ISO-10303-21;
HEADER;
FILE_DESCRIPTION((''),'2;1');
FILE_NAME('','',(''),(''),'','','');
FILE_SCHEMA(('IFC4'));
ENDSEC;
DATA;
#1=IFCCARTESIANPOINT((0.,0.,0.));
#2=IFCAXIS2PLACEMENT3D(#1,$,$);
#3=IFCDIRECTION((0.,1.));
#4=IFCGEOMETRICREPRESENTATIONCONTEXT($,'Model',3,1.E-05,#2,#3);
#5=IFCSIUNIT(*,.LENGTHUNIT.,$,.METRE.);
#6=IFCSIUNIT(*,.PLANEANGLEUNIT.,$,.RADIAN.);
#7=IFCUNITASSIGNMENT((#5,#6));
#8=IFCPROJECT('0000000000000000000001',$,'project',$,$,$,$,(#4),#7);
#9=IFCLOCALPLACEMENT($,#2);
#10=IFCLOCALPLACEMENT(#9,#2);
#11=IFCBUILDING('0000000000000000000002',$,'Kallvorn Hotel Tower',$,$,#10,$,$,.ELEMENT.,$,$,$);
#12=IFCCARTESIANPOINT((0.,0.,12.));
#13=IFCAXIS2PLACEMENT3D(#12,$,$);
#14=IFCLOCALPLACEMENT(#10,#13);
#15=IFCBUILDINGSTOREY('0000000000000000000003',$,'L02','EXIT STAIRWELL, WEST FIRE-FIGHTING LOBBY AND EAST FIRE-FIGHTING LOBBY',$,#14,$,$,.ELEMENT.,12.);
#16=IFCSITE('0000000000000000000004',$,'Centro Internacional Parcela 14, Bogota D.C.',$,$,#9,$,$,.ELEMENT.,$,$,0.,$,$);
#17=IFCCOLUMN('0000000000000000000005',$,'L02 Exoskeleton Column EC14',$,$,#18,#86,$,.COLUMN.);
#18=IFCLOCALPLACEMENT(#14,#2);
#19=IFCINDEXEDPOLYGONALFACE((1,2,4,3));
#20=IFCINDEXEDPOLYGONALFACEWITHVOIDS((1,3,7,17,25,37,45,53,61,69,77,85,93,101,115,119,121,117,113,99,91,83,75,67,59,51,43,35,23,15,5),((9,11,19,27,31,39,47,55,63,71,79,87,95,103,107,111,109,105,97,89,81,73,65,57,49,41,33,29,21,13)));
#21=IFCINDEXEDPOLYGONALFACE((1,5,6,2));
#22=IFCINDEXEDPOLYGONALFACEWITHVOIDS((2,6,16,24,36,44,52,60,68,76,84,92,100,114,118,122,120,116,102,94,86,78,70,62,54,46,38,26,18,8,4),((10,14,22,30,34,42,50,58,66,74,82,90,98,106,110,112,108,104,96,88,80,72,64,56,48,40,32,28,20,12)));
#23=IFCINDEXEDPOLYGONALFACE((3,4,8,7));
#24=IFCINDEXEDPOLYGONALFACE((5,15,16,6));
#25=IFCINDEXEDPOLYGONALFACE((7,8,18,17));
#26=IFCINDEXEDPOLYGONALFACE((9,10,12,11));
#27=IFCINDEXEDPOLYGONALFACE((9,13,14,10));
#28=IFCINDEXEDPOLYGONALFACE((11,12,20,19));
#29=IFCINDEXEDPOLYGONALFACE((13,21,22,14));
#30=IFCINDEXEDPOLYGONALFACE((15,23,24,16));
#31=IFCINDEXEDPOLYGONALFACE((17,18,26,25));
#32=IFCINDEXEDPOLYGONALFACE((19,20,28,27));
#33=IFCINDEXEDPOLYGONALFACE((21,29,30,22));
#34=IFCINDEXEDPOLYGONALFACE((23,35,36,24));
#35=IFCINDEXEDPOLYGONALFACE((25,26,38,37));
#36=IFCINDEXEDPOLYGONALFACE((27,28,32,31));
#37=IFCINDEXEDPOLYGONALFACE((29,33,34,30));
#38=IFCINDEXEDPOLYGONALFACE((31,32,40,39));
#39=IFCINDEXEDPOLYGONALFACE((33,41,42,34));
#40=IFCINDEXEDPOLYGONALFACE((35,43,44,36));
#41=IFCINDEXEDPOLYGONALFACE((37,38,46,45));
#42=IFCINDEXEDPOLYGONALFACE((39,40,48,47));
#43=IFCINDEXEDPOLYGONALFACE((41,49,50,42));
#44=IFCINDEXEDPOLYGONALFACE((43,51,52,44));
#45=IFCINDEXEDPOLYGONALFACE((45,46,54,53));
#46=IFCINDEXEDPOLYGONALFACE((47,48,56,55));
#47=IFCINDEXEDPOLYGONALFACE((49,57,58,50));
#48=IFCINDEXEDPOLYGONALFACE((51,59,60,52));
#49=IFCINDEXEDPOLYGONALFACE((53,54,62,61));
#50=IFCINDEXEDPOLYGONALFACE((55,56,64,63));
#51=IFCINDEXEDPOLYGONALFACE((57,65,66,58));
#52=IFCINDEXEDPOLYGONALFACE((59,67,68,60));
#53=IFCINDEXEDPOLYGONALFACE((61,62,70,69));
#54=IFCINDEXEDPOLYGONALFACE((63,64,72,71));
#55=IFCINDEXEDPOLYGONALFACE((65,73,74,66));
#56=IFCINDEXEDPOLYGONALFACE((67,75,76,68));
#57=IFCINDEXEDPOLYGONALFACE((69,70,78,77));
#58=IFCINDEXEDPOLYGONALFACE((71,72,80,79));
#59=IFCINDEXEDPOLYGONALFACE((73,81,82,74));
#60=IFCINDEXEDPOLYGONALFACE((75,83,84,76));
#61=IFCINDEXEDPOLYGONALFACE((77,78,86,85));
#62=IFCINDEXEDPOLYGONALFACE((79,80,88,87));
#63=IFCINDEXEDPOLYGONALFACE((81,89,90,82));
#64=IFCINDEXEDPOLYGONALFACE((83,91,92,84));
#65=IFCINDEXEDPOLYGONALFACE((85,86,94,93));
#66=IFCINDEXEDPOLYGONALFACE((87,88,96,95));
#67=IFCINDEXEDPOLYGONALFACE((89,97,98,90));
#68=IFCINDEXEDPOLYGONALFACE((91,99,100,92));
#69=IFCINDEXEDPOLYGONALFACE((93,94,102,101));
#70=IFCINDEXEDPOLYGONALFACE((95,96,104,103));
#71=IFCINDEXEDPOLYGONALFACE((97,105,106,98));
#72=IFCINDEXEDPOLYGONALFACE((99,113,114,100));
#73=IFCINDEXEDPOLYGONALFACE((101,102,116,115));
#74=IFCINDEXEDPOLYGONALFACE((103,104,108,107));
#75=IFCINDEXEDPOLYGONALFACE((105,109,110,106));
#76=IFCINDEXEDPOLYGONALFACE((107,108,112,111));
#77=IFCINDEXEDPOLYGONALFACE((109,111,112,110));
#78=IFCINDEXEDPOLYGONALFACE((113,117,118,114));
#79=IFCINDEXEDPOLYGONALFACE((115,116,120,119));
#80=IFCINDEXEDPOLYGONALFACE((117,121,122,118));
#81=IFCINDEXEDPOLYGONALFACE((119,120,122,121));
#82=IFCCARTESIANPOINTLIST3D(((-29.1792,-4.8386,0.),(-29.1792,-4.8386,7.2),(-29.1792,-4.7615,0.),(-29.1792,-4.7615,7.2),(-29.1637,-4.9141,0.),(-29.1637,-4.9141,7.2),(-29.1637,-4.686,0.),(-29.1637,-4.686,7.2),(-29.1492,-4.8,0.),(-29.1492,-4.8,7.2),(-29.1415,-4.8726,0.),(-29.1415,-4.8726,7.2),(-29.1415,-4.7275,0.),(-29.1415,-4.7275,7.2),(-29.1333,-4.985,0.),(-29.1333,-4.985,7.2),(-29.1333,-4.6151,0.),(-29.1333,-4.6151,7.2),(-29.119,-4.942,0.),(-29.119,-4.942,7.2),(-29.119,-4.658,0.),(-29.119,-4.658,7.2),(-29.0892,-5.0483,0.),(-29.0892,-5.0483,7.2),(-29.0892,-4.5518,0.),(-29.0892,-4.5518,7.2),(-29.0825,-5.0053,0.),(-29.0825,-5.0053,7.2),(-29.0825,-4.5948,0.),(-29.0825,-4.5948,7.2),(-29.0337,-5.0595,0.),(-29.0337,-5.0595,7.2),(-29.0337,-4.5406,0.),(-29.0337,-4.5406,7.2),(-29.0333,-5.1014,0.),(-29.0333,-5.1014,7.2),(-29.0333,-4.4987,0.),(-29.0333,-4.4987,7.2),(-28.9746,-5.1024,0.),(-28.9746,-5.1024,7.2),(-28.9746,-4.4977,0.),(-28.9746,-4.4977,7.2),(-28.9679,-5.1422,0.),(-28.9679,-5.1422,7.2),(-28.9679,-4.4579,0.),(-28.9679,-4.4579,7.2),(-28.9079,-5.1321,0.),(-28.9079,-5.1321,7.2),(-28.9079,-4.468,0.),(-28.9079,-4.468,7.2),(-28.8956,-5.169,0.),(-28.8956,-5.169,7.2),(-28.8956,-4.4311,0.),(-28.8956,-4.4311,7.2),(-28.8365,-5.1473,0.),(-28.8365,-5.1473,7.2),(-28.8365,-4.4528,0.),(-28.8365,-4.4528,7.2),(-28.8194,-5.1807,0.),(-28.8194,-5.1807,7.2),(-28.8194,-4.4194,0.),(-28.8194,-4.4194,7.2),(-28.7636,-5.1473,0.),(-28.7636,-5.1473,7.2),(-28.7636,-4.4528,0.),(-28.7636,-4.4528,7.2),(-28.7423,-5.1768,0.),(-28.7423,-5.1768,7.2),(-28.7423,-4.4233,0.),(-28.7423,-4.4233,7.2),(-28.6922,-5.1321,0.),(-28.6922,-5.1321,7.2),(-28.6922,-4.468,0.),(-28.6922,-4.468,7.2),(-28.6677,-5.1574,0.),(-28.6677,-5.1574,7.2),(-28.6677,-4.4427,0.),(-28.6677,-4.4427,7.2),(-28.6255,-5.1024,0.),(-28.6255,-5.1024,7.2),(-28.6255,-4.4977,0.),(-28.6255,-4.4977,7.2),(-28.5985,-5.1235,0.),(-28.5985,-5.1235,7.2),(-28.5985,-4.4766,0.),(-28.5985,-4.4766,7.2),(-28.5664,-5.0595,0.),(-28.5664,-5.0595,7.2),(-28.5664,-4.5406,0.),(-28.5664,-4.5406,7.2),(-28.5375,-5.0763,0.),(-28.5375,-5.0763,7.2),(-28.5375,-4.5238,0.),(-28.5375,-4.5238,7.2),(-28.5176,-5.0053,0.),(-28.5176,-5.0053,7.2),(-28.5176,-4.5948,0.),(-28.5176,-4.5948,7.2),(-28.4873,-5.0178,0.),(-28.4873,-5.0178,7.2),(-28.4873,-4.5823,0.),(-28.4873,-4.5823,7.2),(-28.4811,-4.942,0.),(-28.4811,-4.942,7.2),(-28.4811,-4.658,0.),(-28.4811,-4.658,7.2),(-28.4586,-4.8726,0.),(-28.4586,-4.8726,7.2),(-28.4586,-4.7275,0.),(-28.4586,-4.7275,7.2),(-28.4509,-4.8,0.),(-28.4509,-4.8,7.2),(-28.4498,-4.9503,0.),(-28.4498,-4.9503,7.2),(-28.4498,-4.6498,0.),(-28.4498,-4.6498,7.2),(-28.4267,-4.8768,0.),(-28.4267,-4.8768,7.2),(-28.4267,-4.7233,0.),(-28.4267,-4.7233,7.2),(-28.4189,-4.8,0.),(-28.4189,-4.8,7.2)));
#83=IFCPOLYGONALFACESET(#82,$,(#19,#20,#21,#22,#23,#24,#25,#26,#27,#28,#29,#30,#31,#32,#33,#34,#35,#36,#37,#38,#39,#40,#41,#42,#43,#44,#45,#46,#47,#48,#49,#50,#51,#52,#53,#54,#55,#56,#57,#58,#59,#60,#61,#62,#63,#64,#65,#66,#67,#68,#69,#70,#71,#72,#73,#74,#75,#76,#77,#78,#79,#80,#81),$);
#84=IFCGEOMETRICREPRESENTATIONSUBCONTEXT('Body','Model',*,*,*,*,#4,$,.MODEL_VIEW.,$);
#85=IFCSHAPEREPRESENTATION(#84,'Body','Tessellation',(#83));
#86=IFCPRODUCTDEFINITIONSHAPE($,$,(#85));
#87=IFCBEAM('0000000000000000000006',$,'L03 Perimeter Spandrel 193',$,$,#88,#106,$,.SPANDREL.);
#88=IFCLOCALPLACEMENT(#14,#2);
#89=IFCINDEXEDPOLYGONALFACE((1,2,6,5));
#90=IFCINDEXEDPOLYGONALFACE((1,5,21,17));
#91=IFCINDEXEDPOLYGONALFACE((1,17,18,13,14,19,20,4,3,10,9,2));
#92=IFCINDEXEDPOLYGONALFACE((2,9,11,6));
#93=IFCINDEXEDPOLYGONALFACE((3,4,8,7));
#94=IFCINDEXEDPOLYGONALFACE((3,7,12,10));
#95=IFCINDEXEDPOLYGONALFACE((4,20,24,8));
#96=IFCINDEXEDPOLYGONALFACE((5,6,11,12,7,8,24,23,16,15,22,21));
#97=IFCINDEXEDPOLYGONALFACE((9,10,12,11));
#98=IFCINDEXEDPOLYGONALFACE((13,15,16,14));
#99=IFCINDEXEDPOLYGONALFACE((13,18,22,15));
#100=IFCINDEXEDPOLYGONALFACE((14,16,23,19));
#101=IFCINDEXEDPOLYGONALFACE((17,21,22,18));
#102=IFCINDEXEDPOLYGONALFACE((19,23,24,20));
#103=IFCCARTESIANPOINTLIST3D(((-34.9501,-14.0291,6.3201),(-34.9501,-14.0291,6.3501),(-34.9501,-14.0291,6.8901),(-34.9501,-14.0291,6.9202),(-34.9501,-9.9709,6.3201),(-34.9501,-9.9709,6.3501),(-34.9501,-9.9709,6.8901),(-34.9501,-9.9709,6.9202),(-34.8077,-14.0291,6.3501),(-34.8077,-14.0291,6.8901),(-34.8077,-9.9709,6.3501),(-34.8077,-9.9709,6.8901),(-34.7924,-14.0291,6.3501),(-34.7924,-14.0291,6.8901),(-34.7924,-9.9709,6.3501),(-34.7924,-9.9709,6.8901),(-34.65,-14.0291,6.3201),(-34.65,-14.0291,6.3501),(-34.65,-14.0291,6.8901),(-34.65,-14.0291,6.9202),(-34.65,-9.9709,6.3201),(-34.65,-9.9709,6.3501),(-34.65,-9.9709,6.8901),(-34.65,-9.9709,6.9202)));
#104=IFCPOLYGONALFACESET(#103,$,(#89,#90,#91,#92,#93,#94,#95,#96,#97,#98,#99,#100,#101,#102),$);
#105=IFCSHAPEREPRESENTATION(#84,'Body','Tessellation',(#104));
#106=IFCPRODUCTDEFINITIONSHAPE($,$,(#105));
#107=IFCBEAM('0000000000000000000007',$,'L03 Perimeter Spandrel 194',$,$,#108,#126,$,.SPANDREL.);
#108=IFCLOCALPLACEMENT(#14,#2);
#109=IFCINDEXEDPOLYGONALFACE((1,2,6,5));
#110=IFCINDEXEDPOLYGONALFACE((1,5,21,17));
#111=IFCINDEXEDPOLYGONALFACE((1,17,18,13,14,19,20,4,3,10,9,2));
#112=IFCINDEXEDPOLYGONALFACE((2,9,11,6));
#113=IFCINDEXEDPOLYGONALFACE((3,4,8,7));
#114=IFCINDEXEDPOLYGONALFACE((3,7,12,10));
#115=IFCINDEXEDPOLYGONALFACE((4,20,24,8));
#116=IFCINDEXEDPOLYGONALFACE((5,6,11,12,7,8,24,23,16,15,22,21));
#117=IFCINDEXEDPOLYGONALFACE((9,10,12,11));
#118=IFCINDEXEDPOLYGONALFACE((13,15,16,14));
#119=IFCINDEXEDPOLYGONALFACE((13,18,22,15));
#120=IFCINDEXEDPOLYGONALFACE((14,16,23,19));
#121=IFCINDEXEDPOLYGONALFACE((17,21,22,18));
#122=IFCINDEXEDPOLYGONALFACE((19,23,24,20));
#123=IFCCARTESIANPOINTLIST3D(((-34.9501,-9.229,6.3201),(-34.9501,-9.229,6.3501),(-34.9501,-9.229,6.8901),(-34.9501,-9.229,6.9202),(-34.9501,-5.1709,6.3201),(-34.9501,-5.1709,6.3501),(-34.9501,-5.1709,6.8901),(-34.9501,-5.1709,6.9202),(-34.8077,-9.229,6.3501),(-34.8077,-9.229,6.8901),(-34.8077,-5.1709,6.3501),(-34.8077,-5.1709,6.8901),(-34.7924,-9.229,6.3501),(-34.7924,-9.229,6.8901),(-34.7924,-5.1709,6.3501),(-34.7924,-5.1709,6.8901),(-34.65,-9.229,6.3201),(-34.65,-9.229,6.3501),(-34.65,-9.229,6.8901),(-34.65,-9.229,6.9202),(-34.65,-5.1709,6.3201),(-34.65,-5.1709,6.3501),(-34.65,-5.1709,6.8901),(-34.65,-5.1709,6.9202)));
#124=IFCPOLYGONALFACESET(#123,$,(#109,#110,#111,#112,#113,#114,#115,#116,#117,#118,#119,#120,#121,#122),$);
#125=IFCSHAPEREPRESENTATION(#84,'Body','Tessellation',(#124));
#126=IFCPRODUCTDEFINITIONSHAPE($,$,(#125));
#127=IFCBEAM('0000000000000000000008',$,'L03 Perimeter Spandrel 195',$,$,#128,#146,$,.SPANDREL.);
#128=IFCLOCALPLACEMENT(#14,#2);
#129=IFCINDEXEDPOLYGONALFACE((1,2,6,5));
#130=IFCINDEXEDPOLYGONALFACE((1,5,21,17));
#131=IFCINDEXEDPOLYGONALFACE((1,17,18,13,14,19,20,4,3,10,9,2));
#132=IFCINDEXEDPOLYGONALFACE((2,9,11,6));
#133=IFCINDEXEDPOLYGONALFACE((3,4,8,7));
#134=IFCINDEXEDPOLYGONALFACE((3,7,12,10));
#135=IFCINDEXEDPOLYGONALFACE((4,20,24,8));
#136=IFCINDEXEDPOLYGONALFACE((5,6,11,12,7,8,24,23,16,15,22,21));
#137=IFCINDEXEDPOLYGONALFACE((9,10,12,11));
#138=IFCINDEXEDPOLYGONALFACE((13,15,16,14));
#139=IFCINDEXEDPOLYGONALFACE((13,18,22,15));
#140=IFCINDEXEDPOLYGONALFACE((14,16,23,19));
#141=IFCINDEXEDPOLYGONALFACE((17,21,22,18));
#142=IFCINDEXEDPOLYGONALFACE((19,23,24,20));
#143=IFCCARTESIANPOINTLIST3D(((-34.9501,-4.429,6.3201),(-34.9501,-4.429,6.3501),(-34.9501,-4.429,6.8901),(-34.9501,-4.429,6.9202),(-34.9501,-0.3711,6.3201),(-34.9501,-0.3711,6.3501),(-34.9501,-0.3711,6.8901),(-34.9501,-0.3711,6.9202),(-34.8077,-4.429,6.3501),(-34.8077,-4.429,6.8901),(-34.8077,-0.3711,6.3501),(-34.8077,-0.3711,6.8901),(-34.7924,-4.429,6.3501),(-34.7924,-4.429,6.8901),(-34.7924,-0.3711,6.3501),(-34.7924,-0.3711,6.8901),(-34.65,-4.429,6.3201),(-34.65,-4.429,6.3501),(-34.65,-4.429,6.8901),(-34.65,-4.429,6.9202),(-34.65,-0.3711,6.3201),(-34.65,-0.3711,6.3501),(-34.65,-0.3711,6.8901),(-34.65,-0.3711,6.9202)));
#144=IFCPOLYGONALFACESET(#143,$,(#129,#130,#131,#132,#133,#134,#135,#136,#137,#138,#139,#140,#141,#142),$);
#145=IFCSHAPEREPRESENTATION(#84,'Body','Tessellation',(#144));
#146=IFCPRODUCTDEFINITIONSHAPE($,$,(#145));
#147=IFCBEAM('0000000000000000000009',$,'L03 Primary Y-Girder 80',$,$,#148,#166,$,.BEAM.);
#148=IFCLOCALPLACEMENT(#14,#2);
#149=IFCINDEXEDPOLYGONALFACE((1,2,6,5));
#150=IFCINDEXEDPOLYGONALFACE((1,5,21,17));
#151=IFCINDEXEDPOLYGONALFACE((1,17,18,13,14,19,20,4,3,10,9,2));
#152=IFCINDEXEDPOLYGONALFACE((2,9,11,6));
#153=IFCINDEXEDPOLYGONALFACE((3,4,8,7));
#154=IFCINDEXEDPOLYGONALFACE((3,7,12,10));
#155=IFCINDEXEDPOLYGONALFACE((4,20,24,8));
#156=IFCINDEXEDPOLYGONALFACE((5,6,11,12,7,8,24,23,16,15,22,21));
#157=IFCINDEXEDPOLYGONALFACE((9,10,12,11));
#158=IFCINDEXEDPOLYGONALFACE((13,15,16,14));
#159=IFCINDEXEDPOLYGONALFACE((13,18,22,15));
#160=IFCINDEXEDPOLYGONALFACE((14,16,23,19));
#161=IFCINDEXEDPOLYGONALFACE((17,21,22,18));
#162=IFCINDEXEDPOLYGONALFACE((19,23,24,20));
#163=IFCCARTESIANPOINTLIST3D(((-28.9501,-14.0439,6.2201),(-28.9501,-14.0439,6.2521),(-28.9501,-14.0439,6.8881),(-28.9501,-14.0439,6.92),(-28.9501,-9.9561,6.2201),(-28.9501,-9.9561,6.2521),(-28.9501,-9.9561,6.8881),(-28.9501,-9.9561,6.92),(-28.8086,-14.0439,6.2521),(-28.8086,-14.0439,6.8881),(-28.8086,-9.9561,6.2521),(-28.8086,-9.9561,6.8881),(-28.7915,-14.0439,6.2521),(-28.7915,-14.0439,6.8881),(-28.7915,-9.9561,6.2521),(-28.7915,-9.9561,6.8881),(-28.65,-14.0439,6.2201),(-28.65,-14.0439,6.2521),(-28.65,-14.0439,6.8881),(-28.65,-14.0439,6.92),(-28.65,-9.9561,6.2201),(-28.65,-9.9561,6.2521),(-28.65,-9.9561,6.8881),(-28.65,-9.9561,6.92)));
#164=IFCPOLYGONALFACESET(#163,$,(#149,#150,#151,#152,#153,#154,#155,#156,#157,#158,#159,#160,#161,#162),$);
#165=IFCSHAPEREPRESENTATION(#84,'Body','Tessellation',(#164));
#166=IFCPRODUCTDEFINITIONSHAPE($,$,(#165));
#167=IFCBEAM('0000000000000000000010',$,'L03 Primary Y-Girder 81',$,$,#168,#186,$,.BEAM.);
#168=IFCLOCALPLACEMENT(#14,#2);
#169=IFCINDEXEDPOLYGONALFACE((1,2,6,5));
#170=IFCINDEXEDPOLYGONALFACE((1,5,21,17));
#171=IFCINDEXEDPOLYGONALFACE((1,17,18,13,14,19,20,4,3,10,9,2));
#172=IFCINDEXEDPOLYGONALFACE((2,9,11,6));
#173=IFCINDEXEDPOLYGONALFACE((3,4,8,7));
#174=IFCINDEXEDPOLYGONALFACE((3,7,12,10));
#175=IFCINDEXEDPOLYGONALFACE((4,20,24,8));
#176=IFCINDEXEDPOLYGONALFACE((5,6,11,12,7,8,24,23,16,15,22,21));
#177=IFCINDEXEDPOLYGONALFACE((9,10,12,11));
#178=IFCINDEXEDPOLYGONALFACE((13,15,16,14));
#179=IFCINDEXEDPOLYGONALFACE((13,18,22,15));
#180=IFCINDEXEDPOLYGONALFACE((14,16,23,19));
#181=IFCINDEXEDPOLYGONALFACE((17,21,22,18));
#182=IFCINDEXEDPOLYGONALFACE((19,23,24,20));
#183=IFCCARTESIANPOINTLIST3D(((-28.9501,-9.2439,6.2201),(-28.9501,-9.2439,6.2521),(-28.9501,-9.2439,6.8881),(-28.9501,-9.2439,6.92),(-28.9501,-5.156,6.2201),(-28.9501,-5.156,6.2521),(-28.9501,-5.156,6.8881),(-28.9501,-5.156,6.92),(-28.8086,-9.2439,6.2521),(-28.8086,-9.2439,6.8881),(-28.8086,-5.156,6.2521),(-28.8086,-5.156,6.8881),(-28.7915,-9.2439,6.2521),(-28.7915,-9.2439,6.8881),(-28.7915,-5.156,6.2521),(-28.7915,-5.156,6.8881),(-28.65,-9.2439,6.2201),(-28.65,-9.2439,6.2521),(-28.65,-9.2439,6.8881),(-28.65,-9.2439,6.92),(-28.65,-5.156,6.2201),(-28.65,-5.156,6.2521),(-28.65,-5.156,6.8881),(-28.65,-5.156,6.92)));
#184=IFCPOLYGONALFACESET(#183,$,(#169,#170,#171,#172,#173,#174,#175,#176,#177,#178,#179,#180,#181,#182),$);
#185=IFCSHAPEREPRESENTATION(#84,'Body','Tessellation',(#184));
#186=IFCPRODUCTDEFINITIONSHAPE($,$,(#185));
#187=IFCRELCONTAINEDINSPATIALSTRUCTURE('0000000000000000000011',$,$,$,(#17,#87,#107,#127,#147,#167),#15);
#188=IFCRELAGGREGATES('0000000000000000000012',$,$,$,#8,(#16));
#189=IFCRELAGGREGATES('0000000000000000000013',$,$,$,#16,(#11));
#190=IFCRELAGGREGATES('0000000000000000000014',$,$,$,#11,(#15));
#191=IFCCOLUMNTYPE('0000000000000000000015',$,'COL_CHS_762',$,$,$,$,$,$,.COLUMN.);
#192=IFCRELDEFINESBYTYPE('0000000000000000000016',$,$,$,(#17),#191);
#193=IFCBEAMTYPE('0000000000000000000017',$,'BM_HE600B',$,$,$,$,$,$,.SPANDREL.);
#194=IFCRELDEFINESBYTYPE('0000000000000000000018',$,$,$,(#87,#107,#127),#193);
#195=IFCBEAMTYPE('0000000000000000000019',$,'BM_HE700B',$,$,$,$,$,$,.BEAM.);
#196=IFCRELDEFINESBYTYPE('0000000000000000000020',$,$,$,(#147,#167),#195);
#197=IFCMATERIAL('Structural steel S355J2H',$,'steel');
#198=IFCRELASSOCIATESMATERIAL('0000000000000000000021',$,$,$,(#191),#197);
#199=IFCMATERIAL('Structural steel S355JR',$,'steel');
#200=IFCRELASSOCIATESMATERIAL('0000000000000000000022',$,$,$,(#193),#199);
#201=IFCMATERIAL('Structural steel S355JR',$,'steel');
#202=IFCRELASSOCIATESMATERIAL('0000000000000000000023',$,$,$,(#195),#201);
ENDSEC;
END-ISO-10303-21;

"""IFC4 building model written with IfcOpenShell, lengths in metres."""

from ifc_helpers import new_model, si_unit, direction, frame, origin, origin_2d, place, context, subcontext, project, spatial, hollow_circle, i_section, extrude, material, material_profile, profile_set, type_object, element, save


model = new_model("IFC4")

# Units and contexts
model_context = context("Model", 3, precision=1e-05, world=origin(), true_north=direction((0.0, 1.0)))
body_context = subcontext(model_context, "Body", "Model", "MODEL_VIEW")
ifc_project = project(units=[si_unit("LENGTHUNIT", "METRE"), si_unit("PLANEANGLEUNIT", "RADIAN")], contexts=[model_context])

# Site, building, storey
site_placement = place(None, origin())
site = spatial("IfcSite", under=ifc_project, at=site_placement, Name="Centro Internacional Parcela 14, Bogota D.C.", CompositionType="ELEMENT", RefElevation=0.0)
building_placement = place(site_placement, origin())
building = spatial("IfcBuilding", under=site, at=building_placement, Name="Kallvorn Hotel Tower", CompositionType="ELEMENT")
storey_placement = place(building_placement, frame((0.0, 0.0, 12.0)))
storey = spatial("IfcBuildingStorey", under=building, at=storey_placement, Name="L02", Description="EXIT STAIRWELL, WEST FIRE-FIGHTING LOBBY AND EAST FIRE-FIGHTING LOBBY", CompositionType="ELEMENT", Elevation=12.0)

# Column
ifc_material_1 = material(Name="Structural steel S355J2H", Category="steel")
ifc_material_profile_1 = material_profile(ifc_material_1, hollow_circle(Radius=0.3811, WallThickness=0.032, at=origin_2d()), Name="CHS 762x32")
ifc_profile_set_1 = profile_set([ifc_material_profile_1], Name="Structural steel S355J2H")
column_type = type_object("IfcColumnType", Name="COL_CHS_762", PredefinedType="COLUMN", material=ifc_profile_set_1)
for number, where, z_axis, x_axis, name in (
    (1, (-28.8, -4.8, 0.0), (0.0, 0.0, 1.0), (1.0, 0.0, 0.0), "L02 Exoskeleton Column EC14"),
):
    element("IfcColumn", number, at=place(storey_placement, frame(where, z_axis=z_axis, x_axis=x_axis)), inside=storey, type_object=column_type, Name=name, PredefinedType="COLUMN", context=body_context, shape_type="SweptSolid", body=[
        extrude(hollow_circle(Radius=0.3811, WallThickness=0.032, at=origin_2d()), origin(), (0.0, 0.0, 1.0), 7.2),
    ])

# Beams
ifc_material_2 = material(Name="Structural steel S355JR", Category="steel")
ifc_material_profile_2 = material_profile(ifc_material_2, i_section(OverallWidth=0.3, OverallDepth=0.6001, WebThickness=0.0154, FlangeThickness=0.03, at=origin_2d()), Name="HE 600 B")
ifc_profile_set_2 = profile_set([ifc_material_profile_2], Name="Structural steel S355JR")
beam_type_1 = type_object("IfcBeamType", Name="BM_HE600B", PredefinedType="SPANDREL", material=ifc_profile_set_2)
for number, where, z_axis, x_axis, name in (
    (2, (-34.8, -14.0291, 6.6201), (0.0, 1.0, 0.0), (-1.0, 0.0, 0.0), "L03 Perimeter Spandrel 193"),
    (3, (-34.8, -9.229, 6.6201), (0.0, 1.0, 0.0), (-1.0, 0.0, 0.0), "L03 Perimeter Spandrel 194"),
):
    element("IfcBeam", number, at=place(storey_placement, frame(where, z_axis=z_axis, x_axis=x_axis)), inside=storey, type_object=beam_type_1, Name=name, PredefinedType="SPANDREL", context=body_context, shape_type="SweptSolid", body=[
        extrude(i_section(OverallWidth=0.3, OverallDepth=0.6001, WebThickness=0.0154, FlangeThickness=0.03, at=origin_2d()), origin(), (0.0, 0.0, 1.0), 4.0581),
    ])
beam_1_placement = place(storey_placement, frame((-34.8, -4.429, 6.6201), z_axis=(0.0, 1.0, 0.0), x_axis=(-1.0, 0.0, 0.0)))
element("IfcBeam", 4, at=beam_1_placement, inside=storey, type_object=beam_type_1, Name="L03 Perimeter Spandrel 195", PredefinedType="SPANDREL", context=body_context, shape_type="SweptSolid", body=[
    extrude(i_section(OverallWidth=0.3, OverallDepth=0.6001, WebThickness=0.0154, FlangeThickness=0.03, at=origin_2d()), origin(), (0.0, 0.0, 1.0), 4.0579),
])
ifc_material_3 = material(Name="Structural steel S355JR", Category="steel")
ifc_material_profile_3 = material_profile(ifc_material_3, i_section(OverallWidth=0.3, OverallDepth=0.7, WebThickness=0.0171, FlangeThickness=0.032, at=origin_2d()), Name="HE 700 B")
ifc_profile_set_3 = profile_set([ifc_material_profile_3], Name="Structural steel S355JR")
beam_type_2 = type_object("IfcBeamType", Name="BM_HE700B", PredefinedType="BEAM", material=ifc_profile_set_3)
for number, where, z_axis, x_axis, name in (
    (5, (-28.8, -14.0439, 6.5701), (0.0, 1.0, 0.0), (-1.0, 0.0, 0.0), "L03 Primary Y-Girder 80"),
    (6, (-28.8, -9.2439, 6.5701), (0.0, 1.0, 0.0), (-1.0, 0.0, 0.0), "L03 Primary Y-Girder 81"),
):
    element("IfcBeam", number, at=place(storey_placement, frame(where, z_axis=z_axis, x_axis=x_axis)), inside=storey, type_object=beam_type_2, Name=name, PredefinedType="BEAM", context=body_context, shape_type="SweptSolid", body=[
        extrude(i_section(OverallWidth=0.3, OverallDepth=0.7, WebThickness=0.0171, FlangeThickness=0.032, at=origin_2d()), origin(), (0.0, 0.0, 1.0), 4.0879),
    ])

save(model, "model.ifc")
